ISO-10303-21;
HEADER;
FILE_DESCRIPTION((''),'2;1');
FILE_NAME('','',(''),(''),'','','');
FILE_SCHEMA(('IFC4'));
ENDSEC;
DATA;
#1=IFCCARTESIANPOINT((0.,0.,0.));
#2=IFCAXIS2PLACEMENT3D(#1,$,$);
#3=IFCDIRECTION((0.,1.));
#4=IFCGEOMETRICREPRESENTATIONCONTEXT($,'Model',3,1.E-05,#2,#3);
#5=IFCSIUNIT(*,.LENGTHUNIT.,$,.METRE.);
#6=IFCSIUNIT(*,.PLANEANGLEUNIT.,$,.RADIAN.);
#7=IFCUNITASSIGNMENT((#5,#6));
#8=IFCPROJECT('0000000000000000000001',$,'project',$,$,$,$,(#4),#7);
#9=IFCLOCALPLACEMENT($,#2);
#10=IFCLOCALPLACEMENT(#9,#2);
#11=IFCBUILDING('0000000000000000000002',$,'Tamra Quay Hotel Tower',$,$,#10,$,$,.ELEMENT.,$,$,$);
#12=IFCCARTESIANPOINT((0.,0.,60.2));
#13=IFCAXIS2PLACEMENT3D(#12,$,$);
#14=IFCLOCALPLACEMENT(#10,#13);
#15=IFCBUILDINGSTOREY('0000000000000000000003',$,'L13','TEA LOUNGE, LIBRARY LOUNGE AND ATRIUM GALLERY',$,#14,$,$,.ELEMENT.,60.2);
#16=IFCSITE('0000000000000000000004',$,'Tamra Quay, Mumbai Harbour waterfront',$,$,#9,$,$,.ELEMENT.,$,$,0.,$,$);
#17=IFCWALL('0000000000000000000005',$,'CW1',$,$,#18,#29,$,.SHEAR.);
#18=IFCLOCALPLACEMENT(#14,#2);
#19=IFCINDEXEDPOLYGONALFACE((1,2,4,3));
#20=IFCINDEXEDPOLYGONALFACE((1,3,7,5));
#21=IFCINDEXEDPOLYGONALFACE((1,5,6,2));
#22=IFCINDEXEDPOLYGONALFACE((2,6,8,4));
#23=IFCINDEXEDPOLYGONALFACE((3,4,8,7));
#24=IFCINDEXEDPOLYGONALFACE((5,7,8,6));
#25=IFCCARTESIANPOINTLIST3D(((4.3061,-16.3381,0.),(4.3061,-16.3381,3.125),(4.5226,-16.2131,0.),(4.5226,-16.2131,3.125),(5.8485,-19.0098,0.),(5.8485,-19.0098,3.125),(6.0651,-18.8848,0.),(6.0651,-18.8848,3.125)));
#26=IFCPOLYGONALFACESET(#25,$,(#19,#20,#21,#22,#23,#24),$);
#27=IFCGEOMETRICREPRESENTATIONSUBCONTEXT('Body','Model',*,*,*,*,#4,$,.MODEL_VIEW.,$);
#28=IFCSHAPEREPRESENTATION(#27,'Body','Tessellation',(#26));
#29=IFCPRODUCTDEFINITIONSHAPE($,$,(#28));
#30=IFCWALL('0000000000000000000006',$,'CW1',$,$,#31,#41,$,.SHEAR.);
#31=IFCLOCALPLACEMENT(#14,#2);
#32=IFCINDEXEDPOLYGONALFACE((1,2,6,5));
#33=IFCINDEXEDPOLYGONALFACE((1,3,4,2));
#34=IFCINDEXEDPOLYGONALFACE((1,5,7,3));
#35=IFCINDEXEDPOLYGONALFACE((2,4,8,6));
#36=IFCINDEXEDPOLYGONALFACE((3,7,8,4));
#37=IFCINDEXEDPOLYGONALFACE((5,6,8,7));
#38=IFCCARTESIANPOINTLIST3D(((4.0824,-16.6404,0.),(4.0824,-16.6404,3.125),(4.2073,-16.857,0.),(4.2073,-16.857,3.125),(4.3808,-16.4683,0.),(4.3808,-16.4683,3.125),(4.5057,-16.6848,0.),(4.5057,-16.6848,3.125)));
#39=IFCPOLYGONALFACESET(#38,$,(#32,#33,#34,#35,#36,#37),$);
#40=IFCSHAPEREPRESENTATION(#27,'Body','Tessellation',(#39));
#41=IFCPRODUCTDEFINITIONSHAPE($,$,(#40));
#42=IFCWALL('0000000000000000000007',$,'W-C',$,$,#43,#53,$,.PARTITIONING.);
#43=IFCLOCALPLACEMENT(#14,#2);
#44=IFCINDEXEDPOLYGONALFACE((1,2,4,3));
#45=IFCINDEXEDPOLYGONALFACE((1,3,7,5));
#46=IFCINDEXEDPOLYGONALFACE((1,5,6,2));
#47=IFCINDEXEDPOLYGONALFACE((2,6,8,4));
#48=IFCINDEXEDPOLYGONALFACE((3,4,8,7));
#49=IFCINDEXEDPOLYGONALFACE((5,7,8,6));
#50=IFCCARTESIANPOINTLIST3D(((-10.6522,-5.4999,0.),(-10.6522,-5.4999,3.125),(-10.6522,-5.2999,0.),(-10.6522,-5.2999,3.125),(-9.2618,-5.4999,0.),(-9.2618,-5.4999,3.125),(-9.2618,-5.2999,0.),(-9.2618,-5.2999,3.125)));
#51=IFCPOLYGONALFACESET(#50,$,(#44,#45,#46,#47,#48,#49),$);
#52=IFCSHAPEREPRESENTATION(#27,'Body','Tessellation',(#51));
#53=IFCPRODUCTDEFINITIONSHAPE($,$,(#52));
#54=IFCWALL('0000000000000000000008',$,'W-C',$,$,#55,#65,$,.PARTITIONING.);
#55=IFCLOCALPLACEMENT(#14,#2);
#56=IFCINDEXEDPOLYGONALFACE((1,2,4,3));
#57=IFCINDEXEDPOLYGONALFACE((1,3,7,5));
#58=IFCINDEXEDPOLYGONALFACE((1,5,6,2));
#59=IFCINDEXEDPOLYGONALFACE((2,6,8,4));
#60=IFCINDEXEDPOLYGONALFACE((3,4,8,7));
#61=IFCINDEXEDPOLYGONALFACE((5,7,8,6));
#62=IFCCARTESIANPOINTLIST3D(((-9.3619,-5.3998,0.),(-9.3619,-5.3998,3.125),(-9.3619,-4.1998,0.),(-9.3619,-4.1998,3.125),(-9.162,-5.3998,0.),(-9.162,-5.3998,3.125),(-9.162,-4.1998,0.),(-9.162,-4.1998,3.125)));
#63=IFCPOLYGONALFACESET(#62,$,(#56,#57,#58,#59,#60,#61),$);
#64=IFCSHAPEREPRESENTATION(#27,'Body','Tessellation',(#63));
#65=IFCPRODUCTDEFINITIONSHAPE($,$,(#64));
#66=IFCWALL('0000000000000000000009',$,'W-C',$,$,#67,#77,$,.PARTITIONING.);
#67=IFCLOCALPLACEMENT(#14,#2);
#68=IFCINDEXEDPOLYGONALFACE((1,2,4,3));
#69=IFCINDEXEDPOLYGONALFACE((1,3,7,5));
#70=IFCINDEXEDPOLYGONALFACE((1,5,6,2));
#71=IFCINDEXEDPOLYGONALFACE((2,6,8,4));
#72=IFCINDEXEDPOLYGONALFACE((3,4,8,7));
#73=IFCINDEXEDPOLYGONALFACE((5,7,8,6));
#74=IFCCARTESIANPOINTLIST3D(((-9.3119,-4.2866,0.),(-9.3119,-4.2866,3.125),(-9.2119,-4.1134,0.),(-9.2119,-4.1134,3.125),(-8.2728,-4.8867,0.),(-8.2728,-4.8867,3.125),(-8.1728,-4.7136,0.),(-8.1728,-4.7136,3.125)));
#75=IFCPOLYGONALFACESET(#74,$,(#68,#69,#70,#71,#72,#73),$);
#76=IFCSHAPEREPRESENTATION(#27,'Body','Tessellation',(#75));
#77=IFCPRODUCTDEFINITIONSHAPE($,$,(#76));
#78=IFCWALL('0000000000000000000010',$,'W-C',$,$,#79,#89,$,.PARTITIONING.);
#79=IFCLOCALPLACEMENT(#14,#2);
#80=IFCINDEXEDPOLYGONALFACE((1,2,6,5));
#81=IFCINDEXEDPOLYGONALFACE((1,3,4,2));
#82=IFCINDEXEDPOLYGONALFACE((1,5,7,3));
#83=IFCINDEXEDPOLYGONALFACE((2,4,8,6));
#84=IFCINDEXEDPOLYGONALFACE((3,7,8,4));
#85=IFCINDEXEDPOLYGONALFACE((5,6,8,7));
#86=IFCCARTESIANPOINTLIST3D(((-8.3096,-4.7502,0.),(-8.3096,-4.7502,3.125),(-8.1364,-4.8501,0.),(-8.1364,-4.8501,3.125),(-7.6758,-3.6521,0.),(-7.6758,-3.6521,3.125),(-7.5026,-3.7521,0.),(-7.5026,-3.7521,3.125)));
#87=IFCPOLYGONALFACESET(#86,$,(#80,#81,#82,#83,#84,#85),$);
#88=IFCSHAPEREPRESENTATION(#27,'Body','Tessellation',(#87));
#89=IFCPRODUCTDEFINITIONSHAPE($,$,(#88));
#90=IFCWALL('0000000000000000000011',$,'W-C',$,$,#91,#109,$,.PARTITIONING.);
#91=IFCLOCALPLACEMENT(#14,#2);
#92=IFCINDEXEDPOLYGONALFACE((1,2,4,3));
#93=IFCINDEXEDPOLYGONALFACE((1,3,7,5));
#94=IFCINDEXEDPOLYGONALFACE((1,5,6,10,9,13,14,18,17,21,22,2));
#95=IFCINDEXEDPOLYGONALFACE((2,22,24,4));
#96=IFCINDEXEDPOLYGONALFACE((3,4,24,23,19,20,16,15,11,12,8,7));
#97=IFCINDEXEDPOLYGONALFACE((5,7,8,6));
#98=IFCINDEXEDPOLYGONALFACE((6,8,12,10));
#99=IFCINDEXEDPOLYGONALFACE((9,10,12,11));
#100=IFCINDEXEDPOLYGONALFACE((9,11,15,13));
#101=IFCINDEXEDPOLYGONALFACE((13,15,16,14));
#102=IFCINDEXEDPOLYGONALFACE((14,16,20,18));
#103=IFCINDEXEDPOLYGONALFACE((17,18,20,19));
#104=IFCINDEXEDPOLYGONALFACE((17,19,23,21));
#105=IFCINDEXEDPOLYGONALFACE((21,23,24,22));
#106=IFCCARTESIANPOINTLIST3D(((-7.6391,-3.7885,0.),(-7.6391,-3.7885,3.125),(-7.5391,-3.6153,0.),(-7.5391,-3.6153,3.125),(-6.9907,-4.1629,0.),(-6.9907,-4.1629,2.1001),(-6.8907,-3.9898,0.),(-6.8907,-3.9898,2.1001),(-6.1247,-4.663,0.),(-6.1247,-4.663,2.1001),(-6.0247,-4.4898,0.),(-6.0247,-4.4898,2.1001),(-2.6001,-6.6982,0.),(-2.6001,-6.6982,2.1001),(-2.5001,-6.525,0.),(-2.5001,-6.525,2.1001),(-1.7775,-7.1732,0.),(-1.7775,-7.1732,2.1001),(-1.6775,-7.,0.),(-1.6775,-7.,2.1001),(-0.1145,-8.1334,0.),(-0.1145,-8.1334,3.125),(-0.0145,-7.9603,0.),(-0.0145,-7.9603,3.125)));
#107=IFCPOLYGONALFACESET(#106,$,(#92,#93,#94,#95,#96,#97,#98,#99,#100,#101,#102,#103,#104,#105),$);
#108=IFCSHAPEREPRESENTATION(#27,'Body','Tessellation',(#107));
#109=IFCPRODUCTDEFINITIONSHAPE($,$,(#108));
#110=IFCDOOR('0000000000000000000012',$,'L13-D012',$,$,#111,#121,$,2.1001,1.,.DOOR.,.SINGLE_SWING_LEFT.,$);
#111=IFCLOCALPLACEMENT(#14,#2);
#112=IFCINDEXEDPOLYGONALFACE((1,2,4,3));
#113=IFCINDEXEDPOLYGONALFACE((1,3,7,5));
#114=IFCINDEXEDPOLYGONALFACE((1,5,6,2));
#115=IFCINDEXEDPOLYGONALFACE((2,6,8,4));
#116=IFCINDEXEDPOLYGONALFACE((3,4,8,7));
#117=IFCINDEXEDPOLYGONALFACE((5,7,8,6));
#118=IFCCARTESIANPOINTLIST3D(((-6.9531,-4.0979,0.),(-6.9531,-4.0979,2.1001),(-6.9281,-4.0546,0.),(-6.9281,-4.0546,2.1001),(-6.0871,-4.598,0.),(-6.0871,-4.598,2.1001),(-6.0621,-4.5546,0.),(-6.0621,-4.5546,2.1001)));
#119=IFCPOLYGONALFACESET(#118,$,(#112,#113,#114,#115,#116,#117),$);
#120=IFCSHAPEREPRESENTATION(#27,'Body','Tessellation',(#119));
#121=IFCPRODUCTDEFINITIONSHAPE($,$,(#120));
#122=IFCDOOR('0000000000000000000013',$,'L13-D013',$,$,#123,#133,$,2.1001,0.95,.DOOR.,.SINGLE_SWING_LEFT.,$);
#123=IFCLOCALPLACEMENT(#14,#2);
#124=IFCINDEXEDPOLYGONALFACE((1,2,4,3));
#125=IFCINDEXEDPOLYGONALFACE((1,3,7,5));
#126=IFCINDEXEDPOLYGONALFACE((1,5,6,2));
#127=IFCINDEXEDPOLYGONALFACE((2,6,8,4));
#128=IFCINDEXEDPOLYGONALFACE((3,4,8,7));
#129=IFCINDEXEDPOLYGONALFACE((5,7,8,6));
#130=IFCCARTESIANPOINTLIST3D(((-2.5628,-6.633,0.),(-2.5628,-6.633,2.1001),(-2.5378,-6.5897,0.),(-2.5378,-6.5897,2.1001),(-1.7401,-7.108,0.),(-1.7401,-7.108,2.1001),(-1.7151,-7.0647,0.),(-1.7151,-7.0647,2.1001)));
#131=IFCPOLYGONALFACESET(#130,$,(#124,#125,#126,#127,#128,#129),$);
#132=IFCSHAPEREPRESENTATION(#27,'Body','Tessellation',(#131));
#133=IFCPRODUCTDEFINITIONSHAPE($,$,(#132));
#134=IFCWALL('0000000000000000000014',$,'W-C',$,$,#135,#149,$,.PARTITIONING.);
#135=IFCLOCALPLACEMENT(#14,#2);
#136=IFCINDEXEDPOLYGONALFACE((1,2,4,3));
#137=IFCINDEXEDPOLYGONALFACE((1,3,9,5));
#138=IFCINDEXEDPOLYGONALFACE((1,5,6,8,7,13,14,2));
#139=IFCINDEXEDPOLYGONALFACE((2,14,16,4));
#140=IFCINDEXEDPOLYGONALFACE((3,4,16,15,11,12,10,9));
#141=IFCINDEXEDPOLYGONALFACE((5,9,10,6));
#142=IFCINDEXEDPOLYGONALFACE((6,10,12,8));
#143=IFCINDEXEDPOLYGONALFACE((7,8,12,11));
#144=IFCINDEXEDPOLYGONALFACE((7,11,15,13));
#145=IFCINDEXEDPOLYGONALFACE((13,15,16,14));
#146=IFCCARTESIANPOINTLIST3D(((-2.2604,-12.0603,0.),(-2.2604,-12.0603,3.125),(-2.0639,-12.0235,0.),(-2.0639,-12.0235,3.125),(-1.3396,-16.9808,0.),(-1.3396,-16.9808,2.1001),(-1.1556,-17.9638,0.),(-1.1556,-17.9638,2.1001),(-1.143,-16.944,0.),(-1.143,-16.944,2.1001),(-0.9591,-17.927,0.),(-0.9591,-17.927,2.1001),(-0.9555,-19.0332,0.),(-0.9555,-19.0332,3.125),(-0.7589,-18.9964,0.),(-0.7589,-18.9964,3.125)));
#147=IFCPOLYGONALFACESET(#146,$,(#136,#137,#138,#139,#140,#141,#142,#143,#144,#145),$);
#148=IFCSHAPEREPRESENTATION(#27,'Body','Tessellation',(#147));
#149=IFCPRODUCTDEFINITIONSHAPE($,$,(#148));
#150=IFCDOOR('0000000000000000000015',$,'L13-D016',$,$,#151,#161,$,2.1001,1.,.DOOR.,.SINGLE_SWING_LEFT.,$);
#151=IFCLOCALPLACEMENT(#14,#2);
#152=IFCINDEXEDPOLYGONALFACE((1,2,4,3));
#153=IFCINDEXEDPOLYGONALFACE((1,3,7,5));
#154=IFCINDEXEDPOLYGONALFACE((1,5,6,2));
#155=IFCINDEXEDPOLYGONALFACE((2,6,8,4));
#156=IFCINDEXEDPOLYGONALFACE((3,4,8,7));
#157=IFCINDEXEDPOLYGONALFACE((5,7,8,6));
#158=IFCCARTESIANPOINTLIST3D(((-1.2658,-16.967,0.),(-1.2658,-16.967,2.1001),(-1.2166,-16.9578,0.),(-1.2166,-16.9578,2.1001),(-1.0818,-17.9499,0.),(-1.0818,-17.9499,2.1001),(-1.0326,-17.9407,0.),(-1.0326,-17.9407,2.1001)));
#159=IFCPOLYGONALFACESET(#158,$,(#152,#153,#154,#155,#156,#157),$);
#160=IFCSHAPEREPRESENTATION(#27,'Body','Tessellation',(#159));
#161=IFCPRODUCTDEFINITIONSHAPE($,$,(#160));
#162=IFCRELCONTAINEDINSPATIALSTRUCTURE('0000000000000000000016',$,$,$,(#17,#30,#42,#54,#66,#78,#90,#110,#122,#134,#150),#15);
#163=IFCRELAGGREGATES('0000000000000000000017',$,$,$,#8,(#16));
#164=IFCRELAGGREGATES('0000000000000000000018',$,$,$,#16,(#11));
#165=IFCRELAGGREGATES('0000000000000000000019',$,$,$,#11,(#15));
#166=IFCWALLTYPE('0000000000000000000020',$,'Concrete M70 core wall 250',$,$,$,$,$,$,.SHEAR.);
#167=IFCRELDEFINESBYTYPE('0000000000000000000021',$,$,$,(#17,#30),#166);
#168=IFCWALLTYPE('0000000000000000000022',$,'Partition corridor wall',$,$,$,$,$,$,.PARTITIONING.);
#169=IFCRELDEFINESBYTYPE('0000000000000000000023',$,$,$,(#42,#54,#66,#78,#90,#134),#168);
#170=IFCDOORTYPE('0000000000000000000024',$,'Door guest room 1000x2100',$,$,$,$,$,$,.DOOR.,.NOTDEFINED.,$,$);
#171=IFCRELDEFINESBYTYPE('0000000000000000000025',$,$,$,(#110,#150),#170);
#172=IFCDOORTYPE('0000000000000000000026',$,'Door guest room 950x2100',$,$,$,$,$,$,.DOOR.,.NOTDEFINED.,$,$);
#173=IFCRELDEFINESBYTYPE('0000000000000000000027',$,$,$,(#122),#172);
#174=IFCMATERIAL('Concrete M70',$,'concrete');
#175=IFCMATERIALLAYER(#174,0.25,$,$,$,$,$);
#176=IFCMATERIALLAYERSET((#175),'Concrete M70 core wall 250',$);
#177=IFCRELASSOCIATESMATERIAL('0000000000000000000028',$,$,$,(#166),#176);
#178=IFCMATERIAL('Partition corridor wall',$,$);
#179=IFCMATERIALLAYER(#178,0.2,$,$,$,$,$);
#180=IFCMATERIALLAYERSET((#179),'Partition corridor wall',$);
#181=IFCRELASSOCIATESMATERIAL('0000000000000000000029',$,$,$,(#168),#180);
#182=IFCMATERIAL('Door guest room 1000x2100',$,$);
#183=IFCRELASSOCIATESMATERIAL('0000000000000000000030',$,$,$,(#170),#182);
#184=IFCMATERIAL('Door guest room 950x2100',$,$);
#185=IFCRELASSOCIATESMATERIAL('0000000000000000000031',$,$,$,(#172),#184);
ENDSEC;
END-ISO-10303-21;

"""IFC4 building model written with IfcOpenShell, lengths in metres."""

from ifc_helpers import new_model, si_unit, direction, frame, frame_2d, origin, place, context, subcontext, project, spatial, rectangle, extrude, material, layer, layer_set, type_object, element, fill, save


model = new_model("IFC4")

# Units and contexts
model_context = context("Model", 3, precision=1e-05, world=origin(), true_north=direction((0.0, 1.0)))
body_context = subcontext(model_context, "Body", "Model", "MODEL_VIEW")
ifc_project = project(units=[si_unit("LENGTHUNIT", "METRE"), si_unit("PLANEANGLEUNIT", "RADIAN")], contexts=[model_context])

# Site, building, storey
site_placement = place(None, origin())
site = spatial("IfcSite", under=ifc_project, at=site_placement, Name="Tamra Quay, Mumbai Harbour waterfront", CompositionType="ELEMENT", RefElevation=0.0)
building_placement = place(site_placement, origin())
building = spatial("IfcBuilding", under=site, at=building_placement, Name="Tamra Quay Hotel Tower", CompositionType="ELEMENT")
storey_placement = place(building_placement, frame((0.0, 0.0, 60.2)))
storey = spatial("IfcBuildingStorey", under=building, at=storey_placement, Name="L13", Description="TEA LOUNGE, LIBRARY LOUNGE AND ATRIUM GALLERY", CompositionType="ELEMENT", Elevation=60.2)

# Shared definitions
ifc_material_1 = material(Name="Concrete M70", Category="concrete")

# Shared definitions
ifc_layer_1 = layer(ifc_material_1, 0.25)
ifc_layer_set_1 = layer_set([ifc_layer_1], Name="Concrete M70 core wall 250")
wall_type_1 = type_object("IfcWallType", Name="Concrete M70 core wall 250", PredefinedType="SHEAR", material=ifc_layer_set_1)

# Walls
wall_1_placement = place(storey_placement, frame((4.4143, -16.2756, 0.0), z_axis=(0.0, 0.0, 1.0), x_axis=(0.500003, -0.866023, 0.0)))
element("IfcWall", 1, at=wall_1_placement, inside=storey, type_object=wall_type_1, Name="CW1", PredefinedType="SHEAR", context=body_context, shape_type="SweptSolid", body=[
    extrude(rectangle(XDim=3.085, YDim=0.25, at=frame_2d((1.5425, 0.0))), origin(), (0.0, 0.0, 1.0), 3.125),
])
wall_2_placement = place(storey_placement, frame((4.1448, -16.7488, 0.0), z_axis=(0.0, 0.0, 1.0), x_axis=(0.866186, 0.499722, 0.0)))
element("IfcWall", 2, at=wall_2_placement, inside=storey, type_object=wall_type_1, Name="CW1", PredefinedType="SHEAR", context=body_context, shape_type="SweptSolid", body=[
    extrude(rectangle(XDim=0.3445, YDim=0.25, at=frame_2d((0.1724, 0.0))), origin(), (0.0, 0.0, 1.0), 3.125),
])
ifc_material_2 = material(Name="Partition corridor wall")
ifc_layer_2 = layer(ifc_material_2, 0.2)
ifc_layer_set_2 = layer_set([ifc_layer_2], Name="Partition corridor wall")
wall_type_2 = type_object("IfcWallType", Name="Partition corridor wall", PredefinedType="PARTITIONING", material=ifc_layer_set_2)
wall_3_placement = place(storey_placement, frame((-10.6523, -5.3999, 0.0), z_axis=(0.0, 0.0, 1.0), x_axis=(1.0, 0.0, 0.0)))
element("IfcWall", 3, at=wall_3_placement, inside=storey, type_object=wall_type_2, Name="W-C", PredefinedType="PARTITIONING", context=body_context, shape_type="SweptSolid", body=[
    extrude(rectangle(XDim=1.3904, YDim=0.2, at=frame_2d((0.6953, 0.0))), origin(), (0.0, 0.0, 1.0), 3.125),
])
for number, where, z_axis, x_axis, name in (
    (4, (-9.262, -5.3999, 0.0), (0.0, 0.0, 1.0), (0.0, 1.0, 0.0), "W-C"),
    (5, (-9.262, -4.2, 0.0), (0.0, 0.0, 1.0), (0.865955, -0.500122, 0.0), "W-C"),
):
    element("IfcWall", number, at=place(storey_placement, frame(where, z_axis=z_axis, x_axis=x_axis)), inside=storey, type_object=wall_type_2, Name=name, PredefinedType="PARTITIONING", context=body_context, shape_type="SweptSolid", body=[
        extrude(rectangle(XDim=1.2, YDim=0.2, at=frame_2d((0.6001, 0.0))), origin(), (0.0, 0.0, 1.0), 3.125),
    ])
wall_4_placement = place(storey_placement, frame((-8.2229, -4.8, 0.0), z_axis=(0.0, 0.0, 1.0), x_axis=(0.499867, 0.866102, 0.0)))
element("IfcWall", 6, at=wall_4_placement, inside=storey, type_object=wall_type_2, Name="W-C", PredefinedType="PARTITIONING", context=body_context, shape_type="SweptSolid", body=[
    extrude(rectangle(XDim=1.2678, YDim=0.2, at=frame_2d((0.6338, 0.0))), origin(), (0.0, 0.0, 1.0), 3.125),
])

# Wall, openings, doors
wall_5_placement = place(storey_placement, frame((-7.5891, -3.7019, 0.0), z_axis=(0.0, 0.0, 1.0), x_axis=(0.865995, -0.500052, 0.0)))
wall_5 = element("IfcWall", 7, at=wall_5_placement, inside=storey, type_object=wall_type_2, Name="W-C", PredefinedType="PARTITIONING", context=body_context, shape_type="SweptSolid", body=[
    extrude(rectangle(XDim=8.689, YDim=0.2, at=frame_2d((4.3445, 0.0))), origin(), (0.0, 0.0, 1.0), 3.125),
])
opening_1_placement = place(wall_5_placement, frame((0.7488, 0.0, 0.0)))
opening_1 = element("IfcOpeningElement", 8, at=opening_1_placement, cuts=wall_5, PredefinedType="OPENING", context=body_context, shape_type="SweptSolid", body=[
    extrude(rectangle(XDim=1.0, YDim=2.1001, at=frame_2d((0.5, 1.05))), frame((0.0, 0.1099, 0.0), z_axis=(0.0, -1.0, 0.0), x_axis=(1.0, 0.0, 0.0)), (0.0, 0.0, 1.0), 0.22),
])
opening_2_placement = place(wall_5_placement, frame((5.8186, 0.0, 0.0)))
opening_2 = element("IfcOpeningElement", 9, at=opening_2_placement, cuts=wall_5, PredefinedType="OPENING", context=body_context, shape_type="SweptSolid", body=[
    extrude(rectangle(XDim=0.95, YDim=2.1001, at=frame_2d((0.4751, 1.05))), frame((0.0, 0.1099, 0.0), z_axis=(0.0, -1.0, 0.0), x_axis=(1.0, 0.0, 0.0)), (0.0, 0.0, 1.0), 0.22),
])
ifc_material_3 = material(Name="Door guest room 1000x2100")
door_type_1 = type_object("IfcDoorType", Name="Door guest room 1000x2100", OperationType="NOTDEFINED", PredefinedType="DOOR", material=ifc_material_3)
door_1_placement = place(opening_1_placement, frame((1.0, 0.0, 0.0), z_axis=(0.0, 0.0, 1.0), x_axis=(-1.0, 0.0, 0.0)))
door_1 = element("IfcDoor", 10, at=door_1_placement, inside=storey, type_object=door_type_1, Name="L13-D012", OperationType="SINGLE_SWING_LEFT", OverallHeight=2.1001, OverallWidth=1.0, PredefinedType="DOOR", context=body_context, shape_type="SweptSolid", body=[
    extrude(rectangle(XDim=1.0, YDim=2.1001, at=frame_2d((0.5, 1.05))), frame((0.0, 0.0249, 0.0), z_axis=(0.0, -1.0, 0.0), x_axis=(1.0, 0.0, 0.0)), (0.0, 0.0, 1.0), 0.05),
])
fill(opening_1, door_1)
ifc_material_4 = material(Name="Door guest room 950x2100")
door_type_2 = type_object("IfcDoorType", Name="Door guest room 950x2100", OperationType="NOTDEFINED", PredefinedType="DOOR", material=ifc_material_4)
door_2_placement = place(opening_2_placement, frame((0.95, 0.0, 0.0), z_axis=(0.0, 0.0, 1.0), x_axis=(-1.0, 0.0, 0.0)))
door_2 = element("IfcDoor", 11, at=door_2_placement, inside=storey, type_object=door_type_2, Name="L13-D013", OperationType="SINGLE_SWING_LEFT", OverallHeight=2.1001, OverallWidth=0.95, PredefinedType="DOOR", context=body_context, shape_type="SweptSolid", body=[
    extrude(rectangle(XDim=0.95, YDim=2.1001, at=frame_2d((0.4751, 1.05))), frame((0.0, 0.0249, 0.0), z_axis=(0.0, -1.0, 0.0), x_axis=(1.0, 0.0, 0.0)), (0.0, 0.0, 1.0), 0.05),
])
fill(opening_2, door_2)

# Wall, opening, door
wall_6_placement = place(storey_placement, frame((-2.1621, -12.042, 0.0), z_axis=(0.0, 0.0, 1.0), x_axis=(0.18395, -0.982936, 0.0)))
wall_6 = element("IfcWall", 12, at=wall_6_placement, inside=storey, type_object=wall_type_2, Name="W-C", PredefinedType="PARTITIONING", context=body_context, shape_type="SweptSolid", body=[
    extrude(rectangle(XDim=7.094, YDim=0.2, at=frame_2d((3.5469, 0.0))), origin(), (0.0, 0.0, 1.0), 3.125),
])
opening_3_placement = place(wall_6_placement, frame((5.0059, 0.0, 0.0)))
opening_3 = element("IfcOpeningElement", 13, at=opening_3_placement, cuts=wall_6, PredefinedType="OPENING", context=body_context, shape_type="SweptSolid", body=[
    extrude(rectangle(XDim=1.0, YDim=2.1001, at=frame_2d((0.5, 1.05))), frame((0.0, 0.1099, 0.0), z_axis=(0.0, -1.0, 0.0), x_axis=(1.0, 0.0, 0.0)), (0.0, 0.0, 1.0), 0.22),
])
door_3_placement = place(opening_3_placement, frame((1.0, 0.0, 0.0), z_axis=(0.0, 0.0, 1.0), x_axis=(-1.0, 0.0, 0.0)))
door_3 = element("IfcDoor", 14, at=door_3_placement, inside=storey, type_object=door_type_1, Name="L13-D016", OperationType="SINGLE_SWING_LEFT", OverallHeight=2.1001, OverallWidth=1.0, PredefinedType="DOOR", context=body_context, shape_type="SweptSolid", body=[
    extrude(rectangle(XDim=1.0, YDim=2.1001, at=frame_2d((0.5, 1.05))), frame((0.0, 0.0249, 0.0), z_axis=(0.0, -1.0, 0.0), x_axis=(1.0, 0.0, 0.0)), (0.0, 0.0, 1.0), 0.05),
])
fill(opening_3, door_3)

save(model, "model.ifc")
